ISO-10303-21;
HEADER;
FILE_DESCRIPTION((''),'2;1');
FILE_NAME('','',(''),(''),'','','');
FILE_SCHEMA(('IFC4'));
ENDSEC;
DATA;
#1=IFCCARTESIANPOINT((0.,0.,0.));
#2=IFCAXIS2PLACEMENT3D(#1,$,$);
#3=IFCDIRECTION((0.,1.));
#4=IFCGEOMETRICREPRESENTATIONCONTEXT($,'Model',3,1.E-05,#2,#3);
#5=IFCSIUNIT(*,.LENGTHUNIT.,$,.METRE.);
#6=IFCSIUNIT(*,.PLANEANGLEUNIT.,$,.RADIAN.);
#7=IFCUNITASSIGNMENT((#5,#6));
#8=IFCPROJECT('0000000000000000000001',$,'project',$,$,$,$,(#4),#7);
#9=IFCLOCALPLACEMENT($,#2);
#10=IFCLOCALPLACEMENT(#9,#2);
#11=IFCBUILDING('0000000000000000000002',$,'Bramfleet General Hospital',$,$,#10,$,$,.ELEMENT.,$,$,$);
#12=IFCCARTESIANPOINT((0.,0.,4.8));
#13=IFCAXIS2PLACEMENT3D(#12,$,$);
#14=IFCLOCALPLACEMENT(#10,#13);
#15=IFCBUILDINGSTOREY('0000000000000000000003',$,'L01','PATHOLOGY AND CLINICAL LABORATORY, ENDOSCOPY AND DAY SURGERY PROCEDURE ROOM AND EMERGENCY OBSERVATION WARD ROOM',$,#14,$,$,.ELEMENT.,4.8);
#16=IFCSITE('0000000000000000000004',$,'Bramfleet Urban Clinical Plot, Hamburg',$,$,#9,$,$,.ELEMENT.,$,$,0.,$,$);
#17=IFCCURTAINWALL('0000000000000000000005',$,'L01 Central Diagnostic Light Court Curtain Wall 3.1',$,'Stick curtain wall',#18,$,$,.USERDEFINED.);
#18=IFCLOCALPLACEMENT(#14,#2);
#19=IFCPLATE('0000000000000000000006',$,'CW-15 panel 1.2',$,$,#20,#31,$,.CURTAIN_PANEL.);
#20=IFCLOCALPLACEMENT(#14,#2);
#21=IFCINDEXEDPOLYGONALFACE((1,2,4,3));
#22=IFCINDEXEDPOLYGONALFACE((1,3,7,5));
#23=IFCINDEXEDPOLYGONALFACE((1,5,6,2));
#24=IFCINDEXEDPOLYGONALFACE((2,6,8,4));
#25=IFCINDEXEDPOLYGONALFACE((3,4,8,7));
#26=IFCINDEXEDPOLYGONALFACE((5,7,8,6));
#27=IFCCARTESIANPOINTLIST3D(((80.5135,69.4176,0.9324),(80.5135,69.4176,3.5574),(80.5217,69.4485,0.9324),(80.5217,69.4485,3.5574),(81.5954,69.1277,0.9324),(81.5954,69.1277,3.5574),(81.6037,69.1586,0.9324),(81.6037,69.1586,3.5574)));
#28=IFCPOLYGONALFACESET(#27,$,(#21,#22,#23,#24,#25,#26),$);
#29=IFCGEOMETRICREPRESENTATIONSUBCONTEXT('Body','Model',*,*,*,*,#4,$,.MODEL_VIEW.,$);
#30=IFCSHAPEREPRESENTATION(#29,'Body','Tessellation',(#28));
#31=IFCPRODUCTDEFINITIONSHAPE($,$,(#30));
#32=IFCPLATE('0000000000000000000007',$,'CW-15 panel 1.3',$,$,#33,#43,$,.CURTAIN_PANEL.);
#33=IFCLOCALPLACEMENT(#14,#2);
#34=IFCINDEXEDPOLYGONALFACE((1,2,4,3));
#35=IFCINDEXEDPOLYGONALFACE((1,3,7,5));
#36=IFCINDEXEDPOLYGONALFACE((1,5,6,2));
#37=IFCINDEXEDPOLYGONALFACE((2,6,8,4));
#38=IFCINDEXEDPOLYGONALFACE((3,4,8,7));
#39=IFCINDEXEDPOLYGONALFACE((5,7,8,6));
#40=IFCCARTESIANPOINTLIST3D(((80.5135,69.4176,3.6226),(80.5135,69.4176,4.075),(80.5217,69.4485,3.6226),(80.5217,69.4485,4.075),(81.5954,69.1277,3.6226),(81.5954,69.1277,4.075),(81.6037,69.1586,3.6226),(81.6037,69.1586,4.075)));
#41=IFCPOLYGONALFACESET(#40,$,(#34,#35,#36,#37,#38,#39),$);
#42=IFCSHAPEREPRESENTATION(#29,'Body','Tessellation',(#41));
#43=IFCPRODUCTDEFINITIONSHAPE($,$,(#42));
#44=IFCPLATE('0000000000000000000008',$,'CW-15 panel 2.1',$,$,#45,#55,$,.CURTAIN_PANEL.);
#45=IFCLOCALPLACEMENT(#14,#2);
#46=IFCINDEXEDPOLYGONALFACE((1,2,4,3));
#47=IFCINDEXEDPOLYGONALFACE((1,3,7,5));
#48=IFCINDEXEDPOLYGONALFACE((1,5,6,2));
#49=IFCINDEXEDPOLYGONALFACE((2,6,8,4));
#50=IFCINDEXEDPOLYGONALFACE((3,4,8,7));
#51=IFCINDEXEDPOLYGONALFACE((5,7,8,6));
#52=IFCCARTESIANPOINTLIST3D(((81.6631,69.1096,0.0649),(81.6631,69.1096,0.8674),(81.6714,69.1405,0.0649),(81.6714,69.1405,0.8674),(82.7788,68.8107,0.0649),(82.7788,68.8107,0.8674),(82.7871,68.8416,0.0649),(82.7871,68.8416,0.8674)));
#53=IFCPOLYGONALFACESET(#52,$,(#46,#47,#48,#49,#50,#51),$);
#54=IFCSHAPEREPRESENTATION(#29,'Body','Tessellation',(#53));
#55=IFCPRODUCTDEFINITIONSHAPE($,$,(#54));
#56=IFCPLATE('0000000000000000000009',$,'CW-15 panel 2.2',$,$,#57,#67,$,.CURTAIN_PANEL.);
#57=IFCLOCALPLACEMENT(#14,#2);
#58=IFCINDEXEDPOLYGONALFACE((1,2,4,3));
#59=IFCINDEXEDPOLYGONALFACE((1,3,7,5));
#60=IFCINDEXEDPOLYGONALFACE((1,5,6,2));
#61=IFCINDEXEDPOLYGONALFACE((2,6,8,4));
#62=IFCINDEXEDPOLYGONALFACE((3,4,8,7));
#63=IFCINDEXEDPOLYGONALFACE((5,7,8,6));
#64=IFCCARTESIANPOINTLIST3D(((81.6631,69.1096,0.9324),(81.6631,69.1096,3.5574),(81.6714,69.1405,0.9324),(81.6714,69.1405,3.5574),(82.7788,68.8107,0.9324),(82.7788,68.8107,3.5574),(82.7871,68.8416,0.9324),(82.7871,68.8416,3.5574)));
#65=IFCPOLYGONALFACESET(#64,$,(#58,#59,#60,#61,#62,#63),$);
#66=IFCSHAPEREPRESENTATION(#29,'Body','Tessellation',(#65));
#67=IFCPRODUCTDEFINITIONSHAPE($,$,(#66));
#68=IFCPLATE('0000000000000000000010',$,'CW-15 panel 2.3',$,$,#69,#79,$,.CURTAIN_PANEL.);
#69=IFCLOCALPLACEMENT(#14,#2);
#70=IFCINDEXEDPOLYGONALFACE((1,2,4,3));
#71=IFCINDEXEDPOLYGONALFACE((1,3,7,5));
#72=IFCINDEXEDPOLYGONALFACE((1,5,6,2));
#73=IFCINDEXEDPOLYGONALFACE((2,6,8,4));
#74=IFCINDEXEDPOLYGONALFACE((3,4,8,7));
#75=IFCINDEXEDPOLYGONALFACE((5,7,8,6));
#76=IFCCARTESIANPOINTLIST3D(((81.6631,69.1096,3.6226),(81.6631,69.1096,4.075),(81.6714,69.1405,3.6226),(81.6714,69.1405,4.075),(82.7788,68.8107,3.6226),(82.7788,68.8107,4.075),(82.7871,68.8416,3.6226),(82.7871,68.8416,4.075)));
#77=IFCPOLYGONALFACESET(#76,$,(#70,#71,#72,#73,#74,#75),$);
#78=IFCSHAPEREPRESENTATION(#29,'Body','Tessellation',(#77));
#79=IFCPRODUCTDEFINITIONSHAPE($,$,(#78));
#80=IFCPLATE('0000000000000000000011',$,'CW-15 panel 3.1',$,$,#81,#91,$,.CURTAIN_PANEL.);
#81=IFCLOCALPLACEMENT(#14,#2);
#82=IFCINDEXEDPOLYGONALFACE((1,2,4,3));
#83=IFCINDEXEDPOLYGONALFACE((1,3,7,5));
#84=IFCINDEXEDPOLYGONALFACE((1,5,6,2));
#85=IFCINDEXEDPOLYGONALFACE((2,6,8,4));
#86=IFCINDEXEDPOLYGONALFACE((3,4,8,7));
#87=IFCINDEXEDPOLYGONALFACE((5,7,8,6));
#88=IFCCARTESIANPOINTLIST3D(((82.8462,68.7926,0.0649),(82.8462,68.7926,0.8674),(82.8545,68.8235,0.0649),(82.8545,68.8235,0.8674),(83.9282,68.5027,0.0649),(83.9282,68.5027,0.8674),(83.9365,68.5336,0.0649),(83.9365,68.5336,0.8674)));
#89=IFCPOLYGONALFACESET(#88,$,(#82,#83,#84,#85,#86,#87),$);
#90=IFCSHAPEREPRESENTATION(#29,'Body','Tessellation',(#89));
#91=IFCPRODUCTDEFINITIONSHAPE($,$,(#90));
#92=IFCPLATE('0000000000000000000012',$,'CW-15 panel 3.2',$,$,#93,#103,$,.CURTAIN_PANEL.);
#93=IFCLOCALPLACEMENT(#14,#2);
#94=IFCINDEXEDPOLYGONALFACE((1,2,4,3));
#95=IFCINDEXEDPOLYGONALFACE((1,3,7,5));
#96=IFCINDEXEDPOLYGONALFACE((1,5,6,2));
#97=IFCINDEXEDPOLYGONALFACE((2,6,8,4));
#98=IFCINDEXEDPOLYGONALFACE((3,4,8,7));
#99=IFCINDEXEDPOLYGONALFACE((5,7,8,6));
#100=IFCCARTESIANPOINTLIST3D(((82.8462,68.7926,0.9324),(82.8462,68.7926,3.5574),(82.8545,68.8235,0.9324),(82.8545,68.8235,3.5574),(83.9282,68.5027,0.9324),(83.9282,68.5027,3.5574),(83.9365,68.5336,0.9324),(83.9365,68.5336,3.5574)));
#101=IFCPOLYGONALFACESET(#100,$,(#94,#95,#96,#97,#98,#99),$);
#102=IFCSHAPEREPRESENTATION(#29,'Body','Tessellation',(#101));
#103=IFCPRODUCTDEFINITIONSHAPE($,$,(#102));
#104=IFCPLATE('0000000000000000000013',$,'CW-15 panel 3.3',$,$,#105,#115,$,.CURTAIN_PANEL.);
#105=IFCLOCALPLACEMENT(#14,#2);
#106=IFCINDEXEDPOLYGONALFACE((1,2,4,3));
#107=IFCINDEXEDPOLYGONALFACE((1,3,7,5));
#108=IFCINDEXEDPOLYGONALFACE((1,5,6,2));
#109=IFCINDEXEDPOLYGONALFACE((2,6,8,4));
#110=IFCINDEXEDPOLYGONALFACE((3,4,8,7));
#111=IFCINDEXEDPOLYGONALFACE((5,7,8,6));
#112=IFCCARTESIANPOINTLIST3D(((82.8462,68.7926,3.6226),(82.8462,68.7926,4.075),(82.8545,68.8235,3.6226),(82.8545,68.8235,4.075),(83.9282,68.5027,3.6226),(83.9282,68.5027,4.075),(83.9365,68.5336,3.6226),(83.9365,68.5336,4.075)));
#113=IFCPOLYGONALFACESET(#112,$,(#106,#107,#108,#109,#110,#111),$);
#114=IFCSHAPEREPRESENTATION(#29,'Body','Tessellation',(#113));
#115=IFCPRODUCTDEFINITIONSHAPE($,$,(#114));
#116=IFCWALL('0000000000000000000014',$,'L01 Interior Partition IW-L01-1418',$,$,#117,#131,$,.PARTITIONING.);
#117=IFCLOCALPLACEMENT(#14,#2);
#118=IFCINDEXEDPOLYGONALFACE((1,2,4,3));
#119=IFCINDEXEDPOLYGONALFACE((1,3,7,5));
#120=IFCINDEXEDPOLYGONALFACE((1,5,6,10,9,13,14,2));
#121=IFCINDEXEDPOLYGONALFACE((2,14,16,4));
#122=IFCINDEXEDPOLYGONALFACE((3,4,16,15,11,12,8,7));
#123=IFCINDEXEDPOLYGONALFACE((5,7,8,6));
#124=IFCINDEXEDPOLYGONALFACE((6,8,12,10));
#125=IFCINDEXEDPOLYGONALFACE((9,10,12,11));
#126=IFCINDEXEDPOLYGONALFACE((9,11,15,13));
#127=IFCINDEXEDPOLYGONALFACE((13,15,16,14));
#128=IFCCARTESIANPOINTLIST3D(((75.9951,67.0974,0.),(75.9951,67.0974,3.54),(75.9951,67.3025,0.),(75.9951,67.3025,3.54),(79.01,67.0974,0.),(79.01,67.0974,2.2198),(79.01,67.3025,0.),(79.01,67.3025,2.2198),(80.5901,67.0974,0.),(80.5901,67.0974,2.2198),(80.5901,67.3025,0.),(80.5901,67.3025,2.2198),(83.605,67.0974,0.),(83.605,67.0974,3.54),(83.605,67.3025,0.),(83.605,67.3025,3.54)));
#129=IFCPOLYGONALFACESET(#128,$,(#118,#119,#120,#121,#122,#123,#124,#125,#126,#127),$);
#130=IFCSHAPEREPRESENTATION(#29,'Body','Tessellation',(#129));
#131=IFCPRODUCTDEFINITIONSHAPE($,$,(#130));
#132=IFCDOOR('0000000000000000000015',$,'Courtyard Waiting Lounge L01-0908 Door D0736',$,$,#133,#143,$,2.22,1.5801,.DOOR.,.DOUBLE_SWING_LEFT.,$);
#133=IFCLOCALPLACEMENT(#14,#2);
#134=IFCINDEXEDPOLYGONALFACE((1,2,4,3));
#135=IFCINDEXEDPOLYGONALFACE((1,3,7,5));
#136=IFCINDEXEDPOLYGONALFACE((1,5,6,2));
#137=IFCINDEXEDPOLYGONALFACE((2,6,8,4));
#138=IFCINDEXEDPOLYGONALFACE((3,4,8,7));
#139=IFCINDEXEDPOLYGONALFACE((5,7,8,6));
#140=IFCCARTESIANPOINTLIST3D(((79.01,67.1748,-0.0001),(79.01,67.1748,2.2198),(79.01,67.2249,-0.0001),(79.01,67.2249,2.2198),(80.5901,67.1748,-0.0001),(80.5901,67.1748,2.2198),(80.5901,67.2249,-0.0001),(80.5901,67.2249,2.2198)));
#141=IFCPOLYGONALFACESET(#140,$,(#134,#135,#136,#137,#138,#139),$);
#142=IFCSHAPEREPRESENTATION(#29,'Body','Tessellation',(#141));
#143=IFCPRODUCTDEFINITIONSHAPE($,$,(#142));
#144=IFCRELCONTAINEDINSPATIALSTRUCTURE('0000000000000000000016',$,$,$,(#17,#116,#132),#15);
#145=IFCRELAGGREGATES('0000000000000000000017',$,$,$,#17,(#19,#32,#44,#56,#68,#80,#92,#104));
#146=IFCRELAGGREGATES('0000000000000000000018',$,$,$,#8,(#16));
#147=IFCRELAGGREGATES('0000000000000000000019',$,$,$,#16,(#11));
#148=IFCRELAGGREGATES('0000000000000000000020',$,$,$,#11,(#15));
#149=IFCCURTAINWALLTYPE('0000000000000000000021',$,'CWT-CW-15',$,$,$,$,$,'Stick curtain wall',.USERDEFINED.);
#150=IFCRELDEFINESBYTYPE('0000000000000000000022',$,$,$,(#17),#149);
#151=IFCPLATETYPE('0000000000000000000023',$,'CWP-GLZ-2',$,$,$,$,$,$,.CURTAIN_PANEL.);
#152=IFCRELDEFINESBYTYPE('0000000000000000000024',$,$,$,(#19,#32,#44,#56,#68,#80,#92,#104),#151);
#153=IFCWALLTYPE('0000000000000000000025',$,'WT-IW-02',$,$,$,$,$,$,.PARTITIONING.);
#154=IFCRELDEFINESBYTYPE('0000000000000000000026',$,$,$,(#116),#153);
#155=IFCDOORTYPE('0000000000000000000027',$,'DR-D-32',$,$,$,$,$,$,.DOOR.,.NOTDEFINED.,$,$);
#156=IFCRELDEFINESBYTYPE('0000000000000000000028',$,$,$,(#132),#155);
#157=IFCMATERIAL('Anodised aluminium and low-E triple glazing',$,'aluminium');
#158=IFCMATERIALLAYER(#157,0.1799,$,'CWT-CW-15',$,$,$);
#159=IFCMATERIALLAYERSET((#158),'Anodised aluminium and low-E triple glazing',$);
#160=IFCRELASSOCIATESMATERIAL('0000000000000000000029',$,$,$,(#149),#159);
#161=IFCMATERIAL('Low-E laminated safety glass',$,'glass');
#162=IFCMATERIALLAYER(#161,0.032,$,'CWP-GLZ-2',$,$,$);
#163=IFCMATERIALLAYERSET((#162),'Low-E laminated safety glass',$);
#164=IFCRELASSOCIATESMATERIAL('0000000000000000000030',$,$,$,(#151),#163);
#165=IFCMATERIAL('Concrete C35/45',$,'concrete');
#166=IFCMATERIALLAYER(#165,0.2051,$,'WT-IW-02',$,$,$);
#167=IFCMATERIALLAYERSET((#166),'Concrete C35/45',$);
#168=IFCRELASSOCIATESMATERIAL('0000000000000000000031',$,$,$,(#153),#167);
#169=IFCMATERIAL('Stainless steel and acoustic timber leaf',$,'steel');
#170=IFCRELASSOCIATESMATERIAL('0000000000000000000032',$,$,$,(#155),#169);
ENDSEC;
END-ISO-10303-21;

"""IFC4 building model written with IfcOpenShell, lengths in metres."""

from ifc_helpers import new_model, si_unit, direction, frame, frame_2d, origin, origin_2d, place, context, subcontext, project, spatial, rectangle, extrude, material, layer, layer_set, type_object, element, fill, aggregate, save


model = new_model("IFC4")

# Units and contexts
model_context = context("Model", 3, precision=1e-05, world=origin(), true_north=direction((0.0, 1.0)))
body_context = subcontext(model_context, "Body", "Model", "MODEL_VIEW")
ifc_project = project(units=[si_unit("LENGTHUNIT", "METRE"), si_unit("PLANEANGLEUNIT", "RADIAN")], contexts=[model_context])

# Site, building, storey
site_placement = place(None, origin())
site = spatial("IfcSite", under=ifc_project, at=site_placement, Name="Bramfleet Urban Clinical Plot, Hamburg", CompositionType="ELEMENT", RefElevation=0.0)
building_placement = place(site_placement, origin())
building = spatial("IfcBuilding", under=site, at=building_placement, Name="Bramfleet General Hospital", CompositionType="ELEMENT")
storey_placement = place(building_placement, frame((0.0, 0.0, 4.8)))
storey = spatial("IfcBuildingStorey", under=building, at=storey_placement, Name="L01", Description="PATHOLOGY AND CLINICAL LABORATORY, ENDOSCOPY AND DAY SURGERY PROCEDURE ROOM AND EMERGENCY OBSERVATION WARD ROOM", CompositionType="ELEMENT", Elevation=4.8)

# Shared definitions
ifc_material_1 = material(Name="Concrete C35/45", Category="concrete")

# Shared definitions
ifc_material_2 = material(Name="Anodised aluminium and low-E triple glazing", Category="aluminium")

# Curtain wall
ifc_layer_1 = layer(ifc_material_2, 0.1799, Name="CWT-CW-15")
ifc_layer_set_1 = layer_set([ifc_layer_1], Name="Anodised aluminium and low-E triple glazing")
curtain_wall_type_1 = type_object("IfcCurtainWallType", Name="CWT-CW-15", ElementType="Stick curtain wall", PredefinedType="USERDEFINED", material=ifc_layer_set_1)
curtain_wall_1_placement = place(storey_placement, origin())
curtain_wall_1 = element("IfcCurtainWall", 1, at=curtain_wall_1_placement, inside=storey, type_object=curtain_wall_type_1, Name="L01 Central Diagnostic Light Court Curtain Wall 3.1", ObjectType="Stick curtain wall", PredefinedType="USERDEFINED")

# Plates
ifc_material_3 = material(Name="Low-E laminated safety glass", Category="glass")
ifc_layer_2 = layer(ifc_material_3, 0.032, Name="CWP-GLZ-2")
ifc_layer_set_2 = layer_set([ifc_layer_2], Name="Low-E laminated safety glass")
plate_type = type_object("IfcPlateType", Name="CWP-GLZ-2", PredefinedType="CURTAIN_PANEL", material=ifc_layer_set_2)
plate_1_placement = place(storey_placement, frame((81.0586, 69.2881, 0.9324), z_axis=(0.0, 0.0, 1.0), x_axis=(0.965941, -0.258763, 0.0)))
plate_1 = element("IfcPlate", 2, at=plate_1_placement, type_object=plate_type, Name="CW-15 panel 1.2", PredefinedType="CURTAIN_PANEL", context=body_context, shape_type="SweptSolid", body=[
    extrude(rectangle(XDim=1.1201, YDim=0.032, at=origin_2d()), origin(), (0.0, 0.0, 1.0), 2.625),
])
plate_2_placement = place(storey_placement, frame((81.0586, 69.2881, 3.6226), z_axis=(0.0, 0.0, 1.0), x_axis=(0.965941, -0.258763, 0.0)))
plate_2 = element("IfcPlate", 3, at=plate_2_placement, type_object=plate_type, Name="CW-15 panel 1.3", PredefinedType="CURTAIN_PANEL", context=body_context, shape_type="SweptSolid", body=[
    extrude(rectangle(XDim=1.1201, YDim=0.032, at=origin_2d()), origin(), (0.0, 0.0, 1.0), 0.4524),
])
plate_3_placement = place(storey_placement, frame((82.2251, 68.9756, 0.0649), z_axis=(0.0, 0.0, 1.0), x_axis=(0.965941, -0.258763, 0.0)))
plate_3 = element("IfcPlate", 4, at=plate_3_placement, type_object=plate_type, Name="CW-15 panel 2.1", PredefinedType="CURTAIN_PANEL", context=body_context, shape_type="SweptSolid", body=[
    extrude(rectangle(XDim=1.155, YDim=0.032, at=origin_2d()), origin(), (0.0, 0.0, 1.0), 0.8025),
])
plate_4_placement = place(storey_placement, frame((82.2251, 68.9756, 0.9324), z_axis=(0.0, 0.0, 1.0), x_axis=(0.965941, -0.258763, 0.0)))
plate_4 = element("IfcPlate", 5, at=plate_4_placement, type_object=plate_type, Name="CW-15 panel 2.2", PredefinedType="CURTAIN_PANEL", context=body_context, shape_type="SweptSolid", body=[
    extrude(rectangle(XDim=1.155, YDim=0.032, at=origin_2d()), origin(), (0.0, 0.0, 1.0), 2.625),
])
plate_5_placement = place(storey_placement, frame((82.2251, 68.9756, 3.6226), z_axis=(0.0, 0.0, 1.0), x_axis=(0.965941, -0.258763, 0.0)))
plate_5 = element("IfcPlate", 6, at=plate_5_placement, type_object=plate_type, Name="CW-15 panel 2.3", PredefinedType="CURTAIN_PANEL", context=body_context, shape_type="SweptSolid", body=[
    extrude(rectangle(XDim=1.155, YDim=0.032, at=origin_2d()), origin(), (0.0, 0.0, 1.0), 0.4524),
])
plate_6_placement = place(storey_placement, frame((83.3914, 68.6631, 0.0649), z_axis=(0.0, 0.0, 1.0), x_axis=(0.965941, -0.258763, 0.0)))
plate_6 = element("IfcPlate", 7, at=plate_6_placement, type_object=plate_type, Name="CW-15 panel 3.1", PredefinedType="CURTAIN_PANEL", context=body_context, shape_type="SweptSolid", body=[
    extrude(rectangle(XDim=1.1201, YDim=0.032, at=origin_2d()), origin(), (0.0, 0.0, 1.0), 0.8025),
])
plate_7_placement = place(storey_placement, frame((83.3914, 68.6631, 0.9324), z_axis=(0.0, 0.0, 1.0), x_axis=(0.965941, -0.258763, 0.0)))
plate_7 = element("IfcPlate", 8, at=plate_7_placement, type_object=plate_type, Name="CW-15 panel 3.2", PredefinedType="CURTAIN_PANEL", context=body_context, shape_type="SweptSolid", body=[
    extrude(rectangle(XDim=1.1201, YDim=0.032, at=origin_2d()), origin(), (0.0, 0.0, 1.0), 2.625),
])
plate_8_placement = place(storey_placement, frame((83.3914, 68.6631, 3.6226), z_axis=(0.0, 0.0, 1.0), x_axis=(0.965941, -0.258763, 0.0)))
plate_8 = element("IfcPlate", 9, at=plate_8_placement, type_object=plate_type, Name="CW-15 panel 3.3", PredefinedType="CURTAIN_PANEL", context=body_context, shape_type="SweptSolid", body=[
    extrude(rectangle(XDim=1.1201, YDim=0.032, at=origin_2d()), origin(), (0.0, 0.0, 1.0), 0.4524),
])
aggregate(curtain_wall_1, [plate_1, plate_2, plate_3, plate_4, plate_5, plate_6, plate_7, plate_8])

# Wall, opening, door
ifc_layer_3 = layer(ifc_material_1, 0.2051, Name="WT-IW-02")
ifc_layer_set_3 = layer_set([ifc_layer_3], Name="Concrete C35/45")
wall_type = type_object("IfcWallType", Name="WT-IW-02", PredefinedType="PARTITIONING", material=ifc_layer_set_3)
wall_placement = place(storey_placement, frame((75.9951, 67.2, 0.0), z_axis=(0.0, 0.0, 1.0), x_axis=(1.0, 0.0, 0.0)))
wall = element("IfcWall", 10, at=wall_placement, inside=storey, type_object=wall_type, Name="L01 Interior Partition IW-L01-1418", PredefinedType="PARTITIONING", context=body_context, shape_type="SweptSolid", body=[
    extrude(rectangle(XDim=7.6099, YDim=0.2051, at=frame_2d((3.8049, 0.0))), origin(), (0.0, 0.0, 1.0), 3.54),
])
opening_placement = place(wall_placement, frame((3.0149, 0.0, 0.0)))
opening = element("IfcOpeningElement", 11, at=opening_placement, cuts=wall, PredefinedType="OPENING", context=body_context, shape_type="SweptSolid", body=[
    extrude(rectangle(XDim=1.5801, YDim=2.22, at=frame_2d((0.79, 1.1099))), frame((0.0, 0.1125, 0.0), z_axis=(0.0, -1.0, 0.0), x_axis=(1.0, 0.0, 0.0)), (0.0, 0.0, 1.0), 0.2251),
])
ifc_material_4 = material(Name="Stainless steel and acoustic timber leaf", Category="steel")
door_type = type_object("IfcDoorType", Name="DR-D-32", OperationType="NOTDEFINED", PredefinedType="DOOR", material=ifc_material_4)
door_placement = place(opening_placement, origin())
door = element("IfcDoor", 12, at=door_placement, inside=storey, type_object=door_type, Name="Courtyard Waiting Lounge L01-0908 Door D0736", OperationType="DOUBLE_SWING_LEFT", OverallHeight=2.22, OverallWidth=1.5801, PredefinedType="DOOR", context=body_context, shape_type="SweptSolid", body=[
    extrude(rectangle(XDim=1.5801, YDim=2.22, at=frame_2d((0.79, 1.1099))), frame((0.0, 0.0249, 0.0), z_axis=(0.0, -1.0, 0.0), x_axis=(1.0, 0.0, 0.0)), (0.0, 0.0, 1.0), 0.05),
])
fill(opening, door)

save(model, "model.ifc")
